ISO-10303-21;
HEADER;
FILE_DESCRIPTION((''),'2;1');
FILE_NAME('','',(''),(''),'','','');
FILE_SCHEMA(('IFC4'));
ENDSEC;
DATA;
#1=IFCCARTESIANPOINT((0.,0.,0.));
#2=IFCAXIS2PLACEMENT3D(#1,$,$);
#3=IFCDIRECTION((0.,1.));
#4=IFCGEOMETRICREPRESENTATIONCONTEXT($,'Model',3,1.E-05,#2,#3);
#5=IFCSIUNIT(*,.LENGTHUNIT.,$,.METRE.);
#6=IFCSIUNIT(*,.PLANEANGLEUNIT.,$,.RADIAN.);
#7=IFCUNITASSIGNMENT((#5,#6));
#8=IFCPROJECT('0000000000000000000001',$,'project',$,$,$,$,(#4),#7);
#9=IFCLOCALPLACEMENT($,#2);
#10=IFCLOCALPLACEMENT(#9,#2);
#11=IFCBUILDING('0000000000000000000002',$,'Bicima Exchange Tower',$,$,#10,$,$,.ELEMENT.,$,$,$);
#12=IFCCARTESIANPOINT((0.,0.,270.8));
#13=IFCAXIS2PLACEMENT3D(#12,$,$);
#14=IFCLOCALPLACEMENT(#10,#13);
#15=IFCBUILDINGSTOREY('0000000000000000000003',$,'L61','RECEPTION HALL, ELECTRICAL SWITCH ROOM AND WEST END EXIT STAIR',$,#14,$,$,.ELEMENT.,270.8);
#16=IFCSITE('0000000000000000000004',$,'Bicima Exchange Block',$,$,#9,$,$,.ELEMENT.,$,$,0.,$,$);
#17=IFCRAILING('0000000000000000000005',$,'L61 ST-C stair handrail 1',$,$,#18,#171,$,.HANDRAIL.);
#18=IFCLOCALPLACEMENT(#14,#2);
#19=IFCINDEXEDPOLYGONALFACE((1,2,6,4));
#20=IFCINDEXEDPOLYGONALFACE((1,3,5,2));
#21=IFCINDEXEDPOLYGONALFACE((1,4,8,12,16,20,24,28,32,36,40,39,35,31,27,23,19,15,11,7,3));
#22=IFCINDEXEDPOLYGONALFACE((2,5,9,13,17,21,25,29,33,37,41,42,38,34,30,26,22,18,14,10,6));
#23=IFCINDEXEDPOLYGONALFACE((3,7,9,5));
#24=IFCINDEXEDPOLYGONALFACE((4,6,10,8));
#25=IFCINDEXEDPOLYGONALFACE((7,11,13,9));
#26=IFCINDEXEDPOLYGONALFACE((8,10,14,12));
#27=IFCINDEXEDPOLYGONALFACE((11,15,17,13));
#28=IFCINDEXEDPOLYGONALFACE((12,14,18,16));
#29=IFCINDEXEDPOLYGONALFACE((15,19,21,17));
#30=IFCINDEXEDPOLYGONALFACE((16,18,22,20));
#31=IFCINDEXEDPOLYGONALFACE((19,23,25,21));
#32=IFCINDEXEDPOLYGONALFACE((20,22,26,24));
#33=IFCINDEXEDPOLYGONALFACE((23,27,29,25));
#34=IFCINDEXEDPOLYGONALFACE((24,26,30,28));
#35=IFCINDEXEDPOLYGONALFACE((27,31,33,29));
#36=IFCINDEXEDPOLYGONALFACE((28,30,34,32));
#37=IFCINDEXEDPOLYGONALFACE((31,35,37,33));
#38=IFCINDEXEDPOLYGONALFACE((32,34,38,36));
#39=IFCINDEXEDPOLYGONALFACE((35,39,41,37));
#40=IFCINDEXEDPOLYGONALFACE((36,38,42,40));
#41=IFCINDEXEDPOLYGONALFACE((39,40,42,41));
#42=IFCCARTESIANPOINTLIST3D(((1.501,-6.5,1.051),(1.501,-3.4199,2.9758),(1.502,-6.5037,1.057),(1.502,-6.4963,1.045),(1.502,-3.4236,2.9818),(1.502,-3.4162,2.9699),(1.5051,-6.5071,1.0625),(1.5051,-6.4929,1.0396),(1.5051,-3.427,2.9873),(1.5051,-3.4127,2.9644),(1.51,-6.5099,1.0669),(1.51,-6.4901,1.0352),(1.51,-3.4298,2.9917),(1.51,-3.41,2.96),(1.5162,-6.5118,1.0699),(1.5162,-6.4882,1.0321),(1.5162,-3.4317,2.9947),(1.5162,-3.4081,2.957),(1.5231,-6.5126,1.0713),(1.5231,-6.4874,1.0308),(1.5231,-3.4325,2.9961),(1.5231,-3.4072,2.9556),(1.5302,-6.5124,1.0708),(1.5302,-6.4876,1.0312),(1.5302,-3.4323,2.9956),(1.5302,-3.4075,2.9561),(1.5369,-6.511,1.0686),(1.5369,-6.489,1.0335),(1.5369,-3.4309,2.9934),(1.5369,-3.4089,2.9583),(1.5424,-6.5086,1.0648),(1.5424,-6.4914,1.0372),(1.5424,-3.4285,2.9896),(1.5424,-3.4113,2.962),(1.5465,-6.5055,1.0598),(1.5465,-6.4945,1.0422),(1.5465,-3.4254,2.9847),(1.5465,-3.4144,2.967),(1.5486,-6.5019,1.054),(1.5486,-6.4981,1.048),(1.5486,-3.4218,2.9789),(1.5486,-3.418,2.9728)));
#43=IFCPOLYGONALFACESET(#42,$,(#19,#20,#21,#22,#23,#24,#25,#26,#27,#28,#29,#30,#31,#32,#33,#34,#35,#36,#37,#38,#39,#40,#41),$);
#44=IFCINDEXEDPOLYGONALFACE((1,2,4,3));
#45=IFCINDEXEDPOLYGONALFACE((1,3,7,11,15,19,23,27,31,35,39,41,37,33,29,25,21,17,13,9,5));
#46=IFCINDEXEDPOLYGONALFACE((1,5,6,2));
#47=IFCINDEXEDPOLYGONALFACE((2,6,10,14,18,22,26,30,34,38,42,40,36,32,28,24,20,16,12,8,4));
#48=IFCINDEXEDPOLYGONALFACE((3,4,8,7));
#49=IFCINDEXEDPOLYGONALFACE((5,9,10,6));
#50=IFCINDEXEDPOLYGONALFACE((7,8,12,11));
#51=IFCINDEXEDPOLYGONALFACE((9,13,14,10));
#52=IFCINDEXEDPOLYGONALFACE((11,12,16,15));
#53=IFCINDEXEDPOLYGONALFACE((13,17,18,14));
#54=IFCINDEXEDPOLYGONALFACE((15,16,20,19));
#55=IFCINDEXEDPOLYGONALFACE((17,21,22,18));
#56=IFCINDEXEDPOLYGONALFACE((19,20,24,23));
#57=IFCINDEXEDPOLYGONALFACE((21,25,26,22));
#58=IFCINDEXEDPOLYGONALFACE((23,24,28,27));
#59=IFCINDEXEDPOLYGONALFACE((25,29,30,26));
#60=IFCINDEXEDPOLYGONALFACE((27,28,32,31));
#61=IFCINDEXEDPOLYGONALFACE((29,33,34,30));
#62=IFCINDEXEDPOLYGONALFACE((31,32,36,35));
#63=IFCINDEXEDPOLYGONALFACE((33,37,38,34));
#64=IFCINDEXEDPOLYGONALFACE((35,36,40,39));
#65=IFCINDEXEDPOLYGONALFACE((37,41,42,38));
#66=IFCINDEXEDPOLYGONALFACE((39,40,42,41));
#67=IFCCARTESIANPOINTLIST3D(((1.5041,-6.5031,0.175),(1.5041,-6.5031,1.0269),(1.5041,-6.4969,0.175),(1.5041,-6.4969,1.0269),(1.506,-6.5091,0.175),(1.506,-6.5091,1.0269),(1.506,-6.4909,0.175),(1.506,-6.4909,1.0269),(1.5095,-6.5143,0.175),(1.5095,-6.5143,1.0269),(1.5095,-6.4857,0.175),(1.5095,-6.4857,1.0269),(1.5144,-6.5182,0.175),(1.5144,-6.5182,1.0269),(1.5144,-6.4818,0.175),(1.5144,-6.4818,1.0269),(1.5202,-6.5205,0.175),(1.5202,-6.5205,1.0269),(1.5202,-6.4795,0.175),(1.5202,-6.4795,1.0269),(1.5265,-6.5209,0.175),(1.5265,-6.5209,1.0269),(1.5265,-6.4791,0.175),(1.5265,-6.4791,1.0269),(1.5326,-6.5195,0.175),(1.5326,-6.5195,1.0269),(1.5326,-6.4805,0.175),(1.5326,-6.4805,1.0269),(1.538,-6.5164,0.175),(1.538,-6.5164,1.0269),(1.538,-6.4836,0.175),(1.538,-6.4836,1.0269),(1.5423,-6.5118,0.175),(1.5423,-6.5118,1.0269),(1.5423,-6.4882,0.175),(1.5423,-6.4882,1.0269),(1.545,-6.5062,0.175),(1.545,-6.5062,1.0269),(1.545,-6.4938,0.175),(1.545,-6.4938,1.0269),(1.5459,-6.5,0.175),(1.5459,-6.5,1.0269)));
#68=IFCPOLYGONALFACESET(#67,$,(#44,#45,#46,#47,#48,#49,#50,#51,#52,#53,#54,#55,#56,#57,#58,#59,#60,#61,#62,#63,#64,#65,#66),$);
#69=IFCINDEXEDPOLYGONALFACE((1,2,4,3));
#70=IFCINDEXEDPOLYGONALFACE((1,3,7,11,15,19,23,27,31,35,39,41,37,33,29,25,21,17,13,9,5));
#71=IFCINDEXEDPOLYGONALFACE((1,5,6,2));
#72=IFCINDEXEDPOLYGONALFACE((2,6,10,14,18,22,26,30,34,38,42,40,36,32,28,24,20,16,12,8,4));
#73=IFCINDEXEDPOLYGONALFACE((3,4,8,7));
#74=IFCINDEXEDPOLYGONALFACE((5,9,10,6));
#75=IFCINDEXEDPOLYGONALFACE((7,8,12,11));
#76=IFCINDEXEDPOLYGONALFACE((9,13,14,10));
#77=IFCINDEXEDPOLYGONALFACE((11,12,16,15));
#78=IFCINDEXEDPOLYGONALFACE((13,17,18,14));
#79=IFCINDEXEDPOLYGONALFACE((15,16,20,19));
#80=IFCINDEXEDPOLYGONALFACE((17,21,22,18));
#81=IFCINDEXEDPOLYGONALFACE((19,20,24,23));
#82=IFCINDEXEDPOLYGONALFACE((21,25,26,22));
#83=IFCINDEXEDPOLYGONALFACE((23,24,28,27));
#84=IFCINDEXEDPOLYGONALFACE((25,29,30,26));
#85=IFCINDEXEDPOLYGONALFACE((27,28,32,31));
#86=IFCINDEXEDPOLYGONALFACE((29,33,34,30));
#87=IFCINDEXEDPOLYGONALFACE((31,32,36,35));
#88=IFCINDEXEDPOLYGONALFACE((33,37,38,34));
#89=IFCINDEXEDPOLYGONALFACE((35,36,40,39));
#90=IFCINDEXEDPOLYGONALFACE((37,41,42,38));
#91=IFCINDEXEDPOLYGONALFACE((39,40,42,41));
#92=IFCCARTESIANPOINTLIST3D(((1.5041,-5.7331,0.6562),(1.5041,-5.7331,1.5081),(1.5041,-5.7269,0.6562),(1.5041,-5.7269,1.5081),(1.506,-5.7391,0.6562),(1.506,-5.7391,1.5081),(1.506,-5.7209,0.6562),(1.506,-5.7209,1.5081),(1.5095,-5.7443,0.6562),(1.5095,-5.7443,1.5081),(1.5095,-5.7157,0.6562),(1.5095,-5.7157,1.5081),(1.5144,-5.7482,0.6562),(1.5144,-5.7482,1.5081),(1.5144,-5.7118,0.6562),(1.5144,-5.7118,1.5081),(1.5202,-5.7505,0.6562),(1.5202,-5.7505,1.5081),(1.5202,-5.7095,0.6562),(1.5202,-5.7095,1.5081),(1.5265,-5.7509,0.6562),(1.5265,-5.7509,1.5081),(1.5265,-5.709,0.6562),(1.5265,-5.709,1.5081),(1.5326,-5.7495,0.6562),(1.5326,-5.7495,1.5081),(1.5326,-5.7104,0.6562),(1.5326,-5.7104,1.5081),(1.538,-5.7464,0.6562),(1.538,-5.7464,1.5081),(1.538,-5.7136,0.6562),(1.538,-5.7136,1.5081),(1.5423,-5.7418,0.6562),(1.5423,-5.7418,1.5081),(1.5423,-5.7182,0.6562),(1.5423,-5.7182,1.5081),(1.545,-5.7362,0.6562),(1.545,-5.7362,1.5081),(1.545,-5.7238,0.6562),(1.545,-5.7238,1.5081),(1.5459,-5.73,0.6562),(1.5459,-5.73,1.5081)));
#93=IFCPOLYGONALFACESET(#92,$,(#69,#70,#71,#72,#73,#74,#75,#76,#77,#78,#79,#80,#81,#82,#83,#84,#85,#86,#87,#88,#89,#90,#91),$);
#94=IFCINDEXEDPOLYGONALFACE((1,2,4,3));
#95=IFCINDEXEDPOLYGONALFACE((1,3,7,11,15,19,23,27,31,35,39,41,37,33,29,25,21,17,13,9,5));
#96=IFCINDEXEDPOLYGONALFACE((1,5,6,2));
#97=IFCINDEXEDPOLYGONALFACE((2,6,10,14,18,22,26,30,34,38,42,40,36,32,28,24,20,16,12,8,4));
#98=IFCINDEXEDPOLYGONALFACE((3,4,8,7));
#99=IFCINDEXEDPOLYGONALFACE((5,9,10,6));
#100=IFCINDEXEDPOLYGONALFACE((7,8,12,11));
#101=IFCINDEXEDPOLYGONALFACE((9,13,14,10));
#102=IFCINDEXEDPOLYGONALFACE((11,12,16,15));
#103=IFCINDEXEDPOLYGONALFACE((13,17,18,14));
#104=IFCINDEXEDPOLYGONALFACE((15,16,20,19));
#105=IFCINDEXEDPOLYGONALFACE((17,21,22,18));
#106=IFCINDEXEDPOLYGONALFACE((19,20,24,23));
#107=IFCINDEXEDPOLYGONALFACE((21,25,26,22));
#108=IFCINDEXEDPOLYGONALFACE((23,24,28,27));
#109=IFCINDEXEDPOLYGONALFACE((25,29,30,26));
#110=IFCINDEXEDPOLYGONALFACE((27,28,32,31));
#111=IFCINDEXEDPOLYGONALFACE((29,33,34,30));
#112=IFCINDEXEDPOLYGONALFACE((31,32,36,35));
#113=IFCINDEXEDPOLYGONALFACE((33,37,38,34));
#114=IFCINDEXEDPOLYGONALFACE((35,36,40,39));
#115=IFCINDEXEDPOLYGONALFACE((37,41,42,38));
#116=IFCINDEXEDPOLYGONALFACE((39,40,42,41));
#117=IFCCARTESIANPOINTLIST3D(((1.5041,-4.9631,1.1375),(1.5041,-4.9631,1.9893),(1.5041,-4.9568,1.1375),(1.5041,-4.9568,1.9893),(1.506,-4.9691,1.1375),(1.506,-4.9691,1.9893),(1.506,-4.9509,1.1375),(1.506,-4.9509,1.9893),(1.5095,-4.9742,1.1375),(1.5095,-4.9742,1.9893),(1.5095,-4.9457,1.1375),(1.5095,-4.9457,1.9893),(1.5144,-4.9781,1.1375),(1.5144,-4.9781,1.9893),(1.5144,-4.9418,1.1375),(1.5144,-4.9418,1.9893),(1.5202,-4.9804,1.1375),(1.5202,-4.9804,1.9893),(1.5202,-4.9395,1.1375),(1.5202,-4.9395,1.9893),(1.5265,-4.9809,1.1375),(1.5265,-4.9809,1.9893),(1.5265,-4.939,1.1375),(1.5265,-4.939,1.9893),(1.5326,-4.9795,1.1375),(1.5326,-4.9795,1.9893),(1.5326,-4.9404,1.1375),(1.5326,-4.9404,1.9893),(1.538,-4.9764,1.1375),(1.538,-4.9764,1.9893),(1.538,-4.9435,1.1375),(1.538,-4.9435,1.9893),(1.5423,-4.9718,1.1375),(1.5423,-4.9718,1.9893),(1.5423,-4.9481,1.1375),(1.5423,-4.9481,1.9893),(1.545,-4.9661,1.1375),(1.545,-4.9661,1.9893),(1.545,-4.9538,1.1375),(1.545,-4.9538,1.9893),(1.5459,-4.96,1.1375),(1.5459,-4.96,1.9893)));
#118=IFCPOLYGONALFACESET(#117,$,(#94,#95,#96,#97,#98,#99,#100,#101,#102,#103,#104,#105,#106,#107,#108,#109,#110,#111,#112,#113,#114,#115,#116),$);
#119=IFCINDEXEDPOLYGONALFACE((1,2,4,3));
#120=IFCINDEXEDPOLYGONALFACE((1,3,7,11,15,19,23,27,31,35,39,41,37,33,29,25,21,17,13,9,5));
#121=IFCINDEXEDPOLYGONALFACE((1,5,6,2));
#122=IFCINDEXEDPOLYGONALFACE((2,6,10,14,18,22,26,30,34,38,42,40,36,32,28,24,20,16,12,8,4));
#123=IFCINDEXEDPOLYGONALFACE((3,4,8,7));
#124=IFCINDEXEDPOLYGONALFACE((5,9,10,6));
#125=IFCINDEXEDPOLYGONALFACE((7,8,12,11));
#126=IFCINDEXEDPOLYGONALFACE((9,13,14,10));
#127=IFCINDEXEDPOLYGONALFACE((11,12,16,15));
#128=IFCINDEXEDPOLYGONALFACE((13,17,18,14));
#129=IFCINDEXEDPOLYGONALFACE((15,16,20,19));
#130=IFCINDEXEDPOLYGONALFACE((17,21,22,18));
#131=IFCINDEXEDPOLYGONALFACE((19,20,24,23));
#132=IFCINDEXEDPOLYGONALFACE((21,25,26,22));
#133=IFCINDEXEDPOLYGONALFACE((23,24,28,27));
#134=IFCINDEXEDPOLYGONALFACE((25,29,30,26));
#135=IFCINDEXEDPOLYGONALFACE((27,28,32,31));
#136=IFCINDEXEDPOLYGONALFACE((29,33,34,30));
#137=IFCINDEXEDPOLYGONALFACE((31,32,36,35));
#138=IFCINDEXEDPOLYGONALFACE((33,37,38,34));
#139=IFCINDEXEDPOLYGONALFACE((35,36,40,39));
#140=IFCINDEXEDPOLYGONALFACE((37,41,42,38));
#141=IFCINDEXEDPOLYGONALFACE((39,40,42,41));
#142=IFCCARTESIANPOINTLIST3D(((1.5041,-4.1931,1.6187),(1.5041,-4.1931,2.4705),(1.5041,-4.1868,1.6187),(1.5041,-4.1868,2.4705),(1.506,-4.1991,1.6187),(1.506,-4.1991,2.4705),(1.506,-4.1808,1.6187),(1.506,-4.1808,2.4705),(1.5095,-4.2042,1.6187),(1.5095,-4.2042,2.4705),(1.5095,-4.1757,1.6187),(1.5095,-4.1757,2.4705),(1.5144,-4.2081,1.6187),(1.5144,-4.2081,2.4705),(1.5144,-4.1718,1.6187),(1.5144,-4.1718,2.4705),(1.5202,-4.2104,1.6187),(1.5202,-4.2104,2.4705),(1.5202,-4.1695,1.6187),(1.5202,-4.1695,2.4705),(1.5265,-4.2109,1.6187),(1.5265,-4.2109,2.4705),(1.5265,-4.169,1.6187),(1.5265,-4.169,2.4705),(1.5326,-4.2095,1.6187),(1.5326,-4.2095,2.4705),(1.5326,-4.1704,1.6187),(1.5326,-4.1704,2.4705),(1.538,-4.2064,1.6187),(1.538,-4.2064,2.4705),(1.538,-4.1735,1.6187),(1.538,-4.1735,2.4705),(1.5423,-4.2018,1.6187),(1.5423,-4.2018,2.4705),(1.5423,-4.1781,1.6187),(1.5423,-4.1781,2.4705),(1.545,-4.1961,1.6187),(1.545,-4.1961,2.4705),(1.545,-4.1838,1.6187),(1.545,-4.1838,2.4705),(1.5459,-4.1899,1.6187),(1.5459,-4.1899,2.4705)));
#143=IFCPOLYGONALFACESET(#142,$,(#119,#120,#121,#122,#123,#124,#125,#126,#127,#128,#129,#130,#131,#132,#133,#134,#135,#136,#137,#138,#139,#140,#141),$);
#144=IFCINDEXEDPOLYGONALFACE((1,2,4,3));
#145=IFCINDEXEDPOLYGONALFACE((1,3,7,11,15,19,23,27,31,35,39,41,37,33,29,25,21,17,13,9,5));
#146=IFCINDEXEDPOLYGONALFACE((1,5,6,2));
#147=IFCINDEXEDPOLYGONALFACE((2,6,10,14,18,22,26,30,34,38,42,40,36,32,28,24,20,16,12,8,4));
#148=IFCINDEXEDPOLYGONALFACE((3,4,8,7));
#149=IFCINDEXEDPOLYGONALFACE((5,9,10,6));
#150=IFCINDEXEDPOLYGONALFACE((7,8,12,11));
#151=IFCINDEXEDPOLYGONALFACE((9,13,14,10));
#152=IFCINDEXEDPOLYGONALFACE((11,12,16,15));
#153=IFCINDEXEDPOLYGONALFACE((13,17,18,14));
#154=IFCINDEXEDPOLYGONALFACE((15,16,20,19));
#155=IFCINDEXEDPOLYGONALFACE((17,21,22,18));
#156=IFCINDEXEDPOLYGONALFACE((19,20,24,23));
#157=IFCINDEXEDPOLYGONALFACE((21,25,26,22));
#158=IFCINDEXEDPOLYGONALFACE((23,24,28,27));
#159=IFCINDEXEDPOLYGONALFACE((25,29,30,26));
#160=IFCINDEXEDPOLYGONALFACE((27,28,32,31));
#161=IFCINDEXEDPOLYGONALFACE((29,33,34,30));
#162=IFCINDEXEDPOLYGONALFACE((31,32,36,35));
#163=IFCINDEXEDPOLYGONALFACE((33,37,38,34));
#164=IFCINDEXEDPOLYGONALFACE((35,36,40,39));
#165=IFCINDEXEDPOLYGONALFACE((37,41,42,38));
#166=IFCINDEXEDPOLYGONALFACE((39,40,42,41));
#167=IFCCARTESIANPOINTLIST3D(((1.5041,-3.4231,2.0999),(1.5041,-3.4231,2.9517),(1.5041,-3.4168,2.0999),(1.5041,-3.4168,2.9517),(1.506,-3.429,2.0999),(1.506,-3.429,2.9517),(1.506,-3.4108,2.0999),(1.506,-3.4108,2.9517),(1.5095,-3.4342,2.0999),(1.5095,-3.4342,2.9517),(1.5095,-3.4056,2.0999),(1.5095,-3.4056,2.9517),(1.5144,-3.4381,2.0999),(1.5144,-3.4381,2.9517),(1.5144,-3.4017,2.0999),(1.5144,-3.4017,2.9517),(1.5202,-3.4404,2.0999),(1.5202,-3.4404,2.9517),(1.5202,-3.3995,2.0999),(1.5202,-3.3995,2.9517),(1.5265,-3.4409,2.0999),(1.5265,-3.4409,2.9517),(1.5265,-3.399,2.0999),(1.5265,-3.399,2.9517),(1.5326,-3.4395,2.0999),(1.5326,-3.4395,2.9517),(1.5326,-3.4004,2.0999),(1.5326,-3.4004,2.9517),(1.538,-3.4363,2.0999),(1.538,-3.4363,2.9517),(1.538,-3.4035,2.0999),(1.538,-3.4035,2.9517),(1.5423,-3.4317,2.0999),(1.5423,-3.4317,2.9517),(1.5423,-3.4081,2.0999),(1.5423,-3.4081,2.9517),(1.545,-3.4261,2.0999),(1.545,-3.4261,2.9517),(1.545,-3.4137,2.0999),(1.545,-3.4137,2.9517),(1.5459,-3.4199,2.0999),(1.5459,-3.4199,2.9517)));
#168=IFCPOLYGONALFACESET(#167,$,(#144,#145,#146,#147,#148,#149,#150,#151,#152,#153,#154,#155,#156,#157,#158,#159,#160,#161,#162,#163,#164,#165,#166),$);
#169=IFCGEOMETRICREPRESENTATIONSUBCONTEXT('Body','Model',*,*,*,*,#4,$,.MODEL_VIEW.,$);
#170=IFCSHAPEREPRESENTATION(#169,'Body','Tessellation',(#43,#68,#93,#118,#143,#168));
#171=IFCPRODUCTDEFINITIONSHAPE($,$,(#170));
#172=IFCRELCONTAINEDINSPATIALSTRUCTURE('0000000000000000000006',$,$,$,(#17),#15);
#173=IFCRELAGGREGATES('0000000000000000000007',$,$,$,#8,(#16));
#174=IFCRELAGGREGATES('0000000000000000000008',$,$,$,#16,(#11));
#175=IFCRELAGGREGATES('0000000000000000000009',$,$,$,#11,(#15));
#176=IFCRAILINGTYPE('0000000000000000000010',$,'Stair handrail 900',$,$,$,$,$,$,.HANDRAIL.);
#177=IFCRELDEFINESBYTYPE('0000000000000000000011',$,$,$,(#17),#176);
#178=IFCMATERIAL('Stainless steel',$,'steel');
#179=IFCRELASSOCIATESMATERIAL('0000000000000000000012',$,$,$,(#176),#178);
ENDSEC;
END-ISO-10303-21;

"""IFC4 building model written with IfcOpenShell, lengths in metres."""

from ifc_helpers import new_model, si_unit, direction, frame, origin, origin_2d, place, context, subcontext, project, spatial, circle, extrude, material, type_object, element, save


model = new_model("IFC4")

# Units and contexts
model_context = context("Model", 3, precision=1e-05, world=origin(), true_north=direction((0.0, 1.0)))
body_context = subcontext(model_context, "Body", "Model", "MODEL_VIEW")
ifc_project = project(units=[si_unit("LENGTHUNIT", "METRE"), si_unit("PLANEANGLEUNIT", "RADIAN")], contexts=[model_context])

# Site, building, storey
site_placement = place(None, origin())
site = spatial("IfcSite", under=ifc_project, at=site_placement, Name="Bicima Exchange Block", CompositionType="ELEMENT", RefElevation=0.0)
building_placement = place(site_placement, origin())
building = spatial("IfcBuilding", under=site, at=building_placement, Name="Bicima Exchange Tower", CompositionType="ELEMENT")
storey_placement = place(building_placement, frame((0.0, 0.0, 270.8)))
storey = spatial("IfcBuildingStorey", under=building, at=storey_placement, Name="L61", Description="RECEPTION HALL, ELECTRICAL SWITCH ROOM AND WEST END EXIT STAIR", CompositionType="ELEMENT", Elevation=270.8)

# Shared definitions
ifc_material_1 = material(Name="Stainless steel", Category="steel")

# Railing
railing_type_1 = type_object("IfcRailingType", Name="Stair handrail 900", PredefinedType="HANDRAIL", material=ifc_material_1)
railing_1_placement = place(storey_placement, frame((1.5249, -6.5, 0.175)))
element("IfcRailing", 1, at=railing_1_placement, inside=storey, type_object=railing_type_1, Name="L61 ST-C stair handrail 1", PredefinedType="HANDRAIL", context=body_context, shape_type="SweptSolid", body=[
    extrude(circle(Radius=0.0239, at=origin_2d()), frame((0.0, 0.0, 0.876), z_axis=(0.0, 0.848029, 0.529951), x_axis=(-1.0, 0.0, 0.0)), (0.0, 0.0, 1.0), 3.6321),
    extrude(circle(Radius=0.021, at=origin_2d()), origin(), (0.0, 0.0, 1.0), 0.8518),
    extrude(circle(Radius=0.021, at=origin_2d()), frame((0.0, 0.77, 0.4812)), (0.0, 0.0, 1.0), 0.8518),
    extrude(circle(Radius=0.021, at=origin_2d()), frame((0.0, 1.54, 0.9624)), (0.0, 0.0, 1.0), 0.8518),
    extrude(circle(Radius=0.021, at=origin_2d()), frame((0.0, 2.3101, 1.4436)), (0.0, 0.0, 1.0), 0.8518),
    extrude(circle(Radius=0.021, at=origin_2d()), frame((0.0, 3.0801, 1.9248)), (0.0, 0.0, 1.0), 0.8518),
])

save(model, "model.ifc")
